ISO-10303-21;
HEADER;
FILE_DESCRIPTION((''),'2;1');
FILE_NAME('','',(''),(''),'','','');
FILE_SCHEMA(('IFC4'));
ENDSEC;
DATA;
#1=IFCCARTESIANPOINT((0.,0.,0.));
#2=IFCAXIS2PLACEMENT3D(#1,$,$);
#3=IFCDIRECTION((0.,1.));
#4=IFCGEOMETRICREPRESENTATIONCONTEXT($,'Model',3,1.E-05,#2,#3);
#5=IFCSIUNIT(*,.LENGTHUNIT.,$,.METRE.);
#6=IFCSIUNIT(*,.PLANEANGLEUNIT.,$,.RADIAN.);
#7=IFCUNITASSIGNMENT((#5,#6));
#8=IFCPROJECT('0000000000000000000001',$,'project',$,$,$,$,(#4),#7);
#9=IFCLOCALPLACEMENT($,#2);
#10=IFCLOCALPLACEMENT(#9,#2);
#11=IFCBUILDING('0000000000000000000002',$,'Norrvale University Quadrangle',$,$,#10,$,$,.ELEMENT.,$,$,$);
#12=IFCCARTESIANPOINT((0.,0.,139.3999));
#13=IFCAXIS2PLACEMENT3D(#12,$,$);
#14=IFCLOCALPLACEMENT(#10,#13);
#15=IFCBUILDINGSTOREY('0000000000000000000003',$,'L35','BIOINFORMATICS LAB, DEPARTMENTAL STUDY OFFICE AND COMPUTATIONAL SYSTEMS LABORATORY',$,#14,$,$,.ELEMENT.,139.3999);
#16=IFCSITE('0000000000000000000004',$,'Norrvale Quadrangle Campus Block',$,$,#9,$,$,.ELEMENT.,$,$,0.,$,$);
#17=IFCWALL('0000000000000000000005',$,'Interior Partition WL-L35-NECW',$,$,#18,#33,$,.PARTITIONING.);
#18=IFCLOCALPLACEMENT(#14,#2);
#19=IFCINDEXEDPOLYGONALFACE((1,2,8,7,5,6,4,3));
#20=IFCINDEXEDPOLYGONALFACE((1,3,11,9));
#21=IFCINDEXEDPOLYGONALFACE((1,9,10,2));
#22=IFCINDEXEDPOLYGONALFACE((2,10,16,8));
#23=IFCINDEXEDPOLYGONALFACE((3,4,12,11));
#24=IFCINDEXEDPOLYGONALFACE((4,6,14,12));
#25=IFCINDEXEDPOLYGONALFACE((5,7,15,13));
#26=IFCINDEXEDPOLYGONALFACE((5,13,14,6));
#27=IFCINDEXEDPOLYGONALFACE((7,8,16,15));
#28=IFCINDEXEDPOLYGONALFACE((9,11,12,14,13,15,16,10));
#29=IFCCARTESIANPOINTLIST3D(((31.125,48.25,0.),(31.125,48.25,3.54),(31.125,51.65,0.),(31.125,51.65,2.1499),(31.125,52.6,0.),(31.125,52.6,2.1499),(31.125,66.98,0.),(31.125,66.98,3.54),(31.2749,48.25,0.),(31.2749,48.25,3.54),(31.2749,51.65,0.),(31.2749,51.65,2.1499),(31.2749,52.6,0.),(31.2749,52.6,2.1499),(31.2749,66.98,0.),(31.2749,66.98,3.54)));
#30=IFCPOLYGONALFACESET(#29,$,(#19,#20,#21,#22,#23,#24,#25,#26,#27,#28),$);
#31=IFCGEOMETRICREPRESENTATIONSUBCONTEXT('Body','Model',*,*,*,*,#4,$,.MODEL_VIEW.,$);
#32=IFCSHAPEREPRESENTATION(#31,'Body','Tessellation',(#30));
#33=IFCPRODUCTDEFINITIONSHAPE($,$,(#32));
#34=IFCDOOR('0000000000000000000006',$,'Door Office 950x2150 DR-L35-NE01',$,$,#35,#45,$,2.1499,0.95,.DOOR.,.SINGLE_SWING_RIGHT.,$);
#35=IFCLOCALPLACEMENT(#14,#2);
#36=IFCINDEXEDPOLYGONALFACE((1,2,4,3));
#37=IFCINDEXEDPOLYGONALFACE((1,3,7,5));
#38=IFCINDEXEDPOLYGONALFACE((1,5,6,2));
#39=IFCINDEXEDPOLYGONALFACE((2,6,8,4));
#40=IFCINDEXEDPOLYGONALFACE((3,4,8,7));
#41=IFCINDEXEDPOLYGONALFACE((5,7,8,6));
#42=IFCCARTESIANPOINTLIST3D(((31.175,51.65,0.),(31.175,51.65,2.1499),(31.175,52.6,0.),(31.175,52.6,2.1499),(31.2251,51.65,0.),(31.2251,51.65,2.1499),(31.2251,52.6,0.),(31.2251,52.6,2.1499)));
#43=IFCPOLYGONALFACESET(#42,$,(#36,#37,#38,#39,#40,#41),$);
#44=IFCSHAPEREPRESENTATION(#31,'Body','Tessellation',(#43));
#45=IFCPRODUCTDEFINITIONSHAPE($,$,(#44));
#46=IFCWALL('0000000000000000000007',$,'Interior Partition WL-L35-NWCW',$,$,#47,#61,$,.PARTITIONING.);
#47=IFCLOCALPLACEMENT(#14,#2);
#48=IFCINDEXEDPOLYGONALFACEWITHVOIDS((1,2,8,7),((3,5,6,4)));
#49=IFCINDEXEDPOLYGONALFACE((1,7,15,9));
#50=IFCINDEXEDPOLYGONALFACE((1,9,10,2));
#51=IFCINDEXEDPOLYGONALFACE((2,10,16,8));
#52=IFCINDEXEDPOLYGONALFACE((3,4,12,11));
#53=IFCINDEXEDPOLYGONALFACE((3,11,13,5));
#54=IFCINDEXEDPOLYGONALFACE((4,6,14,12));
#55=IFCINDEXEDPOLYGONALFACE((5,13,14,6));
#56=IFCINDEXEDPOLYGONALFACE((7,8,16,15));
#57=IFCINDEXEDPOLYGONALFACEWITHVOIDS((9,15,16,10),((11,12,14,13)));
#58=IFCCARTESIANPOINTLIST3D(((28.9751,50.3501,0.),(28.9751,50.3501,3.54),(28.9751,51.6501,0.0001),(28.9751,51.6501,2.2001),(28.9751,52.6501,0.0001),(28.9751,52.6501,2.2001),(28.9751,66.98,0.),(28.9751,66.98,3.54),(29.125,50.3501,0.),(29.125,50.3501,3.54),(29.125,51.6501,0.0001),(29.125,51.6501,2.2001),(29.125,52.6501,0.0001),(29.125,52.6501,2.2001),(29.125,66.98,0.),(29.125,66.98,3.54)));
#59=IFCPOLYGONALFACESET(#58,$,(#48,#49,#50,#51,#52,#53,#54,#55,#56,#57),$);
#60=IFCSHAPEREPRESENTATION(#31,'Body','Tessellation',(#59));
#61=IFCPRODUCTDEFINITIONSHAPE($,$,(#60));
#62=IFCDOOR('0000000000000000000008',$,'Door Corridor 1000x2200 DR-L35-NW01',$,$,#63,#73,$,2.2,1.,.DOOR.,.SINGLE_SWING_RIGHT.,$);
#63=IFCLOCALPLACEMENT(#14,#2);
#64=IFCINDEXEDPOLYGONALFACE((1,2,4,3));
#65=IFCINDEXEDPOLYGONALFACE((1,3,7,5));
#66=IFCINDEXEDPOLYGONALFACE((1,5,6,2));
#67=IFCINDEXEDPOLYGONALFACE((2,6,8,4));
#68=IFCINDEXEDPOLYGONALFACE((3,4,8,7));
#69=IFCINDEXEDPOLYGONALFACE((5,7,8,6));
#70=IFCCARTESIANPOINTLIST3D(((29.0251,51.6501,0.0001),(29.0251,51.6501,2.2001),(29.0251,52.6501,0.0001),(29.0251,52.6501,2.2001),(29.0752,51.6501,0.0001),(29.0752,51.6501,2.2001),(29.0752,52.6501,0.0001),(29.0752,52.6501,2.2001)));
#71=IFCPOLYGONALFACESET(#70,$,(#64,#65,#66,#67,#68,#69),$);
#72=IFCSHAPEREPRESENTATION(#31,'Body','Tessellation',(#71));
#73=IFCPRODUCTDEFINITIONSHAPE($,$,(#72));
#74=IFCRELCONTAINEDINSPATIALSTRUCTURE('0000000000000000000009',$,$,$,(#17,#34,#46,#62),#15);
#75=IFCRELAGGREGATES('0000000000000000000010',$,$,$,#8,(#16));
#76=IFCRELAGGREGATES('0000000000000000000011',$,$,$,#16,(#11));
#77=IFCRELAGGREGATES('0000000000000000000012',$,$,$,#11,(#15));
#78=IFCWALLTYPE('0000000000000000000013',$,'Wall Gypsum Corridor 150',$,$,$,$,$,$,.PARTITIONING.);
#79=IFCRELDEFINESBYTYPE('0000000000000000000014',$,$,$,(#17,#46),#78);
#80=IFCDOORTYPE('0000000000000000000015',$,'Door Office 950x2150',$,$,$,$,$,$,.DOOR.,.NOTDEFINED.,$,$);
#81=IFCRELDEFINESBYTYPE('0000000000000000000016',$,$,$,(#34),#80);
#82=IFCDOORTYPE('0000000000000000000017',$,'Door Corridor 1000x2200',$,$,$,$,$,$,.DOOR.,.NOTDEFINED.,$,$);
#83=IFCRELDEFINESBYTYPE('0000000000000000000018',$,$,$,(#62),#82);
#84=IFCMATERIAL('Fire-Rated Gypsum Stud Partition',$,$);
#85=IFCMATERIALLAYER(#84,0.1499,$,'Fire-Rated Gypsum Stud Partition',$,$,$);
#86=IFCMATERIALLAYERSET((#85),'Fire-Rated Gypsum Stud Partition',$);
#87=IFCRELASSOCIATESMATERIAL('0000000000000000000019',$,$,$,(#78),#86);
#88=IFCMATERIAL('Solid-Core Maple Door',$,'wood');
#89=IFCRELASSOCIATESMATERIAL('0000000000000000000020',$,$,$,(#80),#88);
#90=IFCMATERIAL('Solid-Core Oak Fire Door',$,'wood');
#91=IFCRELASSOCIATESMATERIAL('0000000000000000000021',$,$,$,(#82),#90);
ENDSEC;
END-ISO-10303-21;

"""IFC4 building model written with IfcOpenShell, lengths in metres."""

from ifc_helpers import new_model, si_unit, direction, frame, frame_2d, origin, place, context, subcontext, project, spatial, rectangle, extrude, material, layer, layer_set, type_object, element, fill, save


model = new_model("IFC4")

# Units and contexts
model_context = context("Model", 3, precision=1e-05, world=origin(), true_north=direction((0.0, 1.0)))
body_context = subcontext(model_context, "Body", "Model", "MODEL_VIEW")
ifc_project = project(units=[si_unit("LENGTHUNIT", "METRE"), si_unit("PLANEANGLEUNIT", "RADIAN")], contexts=[model_context])

# Site, building, storey
site_placement = place(None, origin())
site = spatial("IfcSite", under=ifc_project, at=site_placement, Name="Norrvale Quadrangle Campus Block", CompositionType="ELEMENT", RefElevation=0.0)
building_placement = place(site_placement, origin())
building = spatial("IfcBuilding", under=site, at=building_placement, Name="Norrvale University Quadrangle", CompositionType="ELEMENT")
storey_placement = place(building_placement, frame((0.0, 0.0, 139.3999)))
storey = spatial("IfcBuildingStorey", under=building, at=storey_placement, Name="L35", Description="BIOINFORMATICS LAB, DEPARTMENTAL STUDY OFFICE AND COMPUTATIONAL SYSTEMS LABORATORY", CompositionType="ELEMENT", Elevation=139.3999)

# Shared definitions
ifc_material_1 = material(Name="Fire-Rated Gypsum Stud Partition")
ifc_layer_1 = layer(ifc_material_1, 0.1499, Name="Fire-Rated Gypsum Stud Partition")
ifc_layer_set_1 = layer_set([ifc_layer_1], Name="Fire-Rated Gypsum Stud Partition")
wall_type_1 = type_object("IfcWallType", Name="Wall Gypsum Corridor 150", PredefinedType="PARTITIONING", material=ifc_layer_set_1)

# Walls, openings, doors
wall_1_placement = place(storey_placement, frame((31.2, 48.25, 0.0), z_axis=(0.0, 0.0, 1.0), x_axis=(0.0, 1.0, 0.0)))
wall_1 = element("IfcWall", 1, at=wall_1_placement, inside=storey, type_object=wall_type_1, Name="Interior Partition WL-L35-NECW", PredefinedType="PARTITIONING", context=body_context, shape_type="SweptSolid", body=[
    extrude(rectangle(XDim=18.73, YDim=0.1499, at=frame_2d((9.365, 0.0))), origin(), (0.0, 0.0, 1.0), 3.54),
])
opening_1_placement = place(wall_1_placement, frame((3.3999, 0.0, 0.0)))
opening_1 = element("IfcOpeningElement", 2, at=opening_1_placement, cuts=wall_1, PredefinedType="OPENING", context=body_context, shape_type="SweptSolid", body=[
    extrude(rectangle(XDim=0.95, YDim=2.1499, at=frame_2d((0.4751, 1.075))), frame((0.0, 0.0869, 0.0), z_axis=(0.0, -1.0, 0.0), x_axis=(1.0, 0.0, 0.0)), (0.0, 0.0, 1.0), 0.1738),
])
ifc_material_2 = material(Name="Solid-Core Maple Door", Category="wood")
door_type_1 = type_object("IfcDoorType", Name="Door Office 950x2150", OperationType="NOTDEFINED", PredefinedType="DOOR", material=ifc_material_2)
door_1_placement = place(opening_1_placement, origin())
door_1 = element("IfcDoor", 3, at=door_1_placement, inside=storey, type_object=door_type_1, Name="Door Office 950x2150 DR-L35-NE01", OperationType="SINGLE_SWING_RIGHT", OverallHeight=2.1499, OverallWidth=0.95, PredefinedType="DOOR", context=body_context, shape_type="SweptSolid", body=[
    extrude(rectangle(XDim=0.95, YDim=2.1499, at=frame_2d((0.4751, 1.075))), frame((0.0, 0.0249, 0.0), z_axis=(0.0, -1.0, 0.0), x_axis=(1.0, 0.0, 0.0)), (0.0, 0.0, 1.0), 0.05),
])
fill(opening_1, door_1)
wall_2_placement = place(storey_placement, frame((29.05, 50.3501, 0.0), z_axis=(0.0, 0.0, 1.0), x_axis=(0.0, 1.0, 0.0)))
wall_2 = element("IfcWall", 4, at=wall_2_placement, inside=storey, type_object=wall_type_1, Name="Interior Partition WL-L35-NWCW", PredefinedType="PARTITIONING", context=body_context, shape_type="SweptSolid", body=[
    extrude(rectangle(XDim=16.6299, YDim=0.1499, at=frame_2d((8.3149, 0.0))), origin(), (0.0, 0.0, 1.0), 3.54),
])
opening_2_placement = place(wall_2_placement, frame((1.3, 0.0, 0.0)))
opening_2 = element("IfcOpeningElement", 5, at=opening_2_placement, cuts=wall_2, PredefinedType="OPENING", context=body_context, shape_type="SweptSolid", body=[
    extrude(rectangle(XDim=1.0, YDim=2.2, at=frame_2d((0.5, 1.1001))), frame((0.0, 0.0869, 0.0), z_axis=(0.0, -1.0, 0.0), x_axis=(1.0, 0.0, 0.0)), (0.0, 0.0, 1.0), 0.1738),
])
ifc_material_3 = material(Name="Solid-Core Oak Fire Door", Category="wood")
door_type_2 = type_object("IfcDoorType", Name="Door Corridor 1000x2200", OperationType="NOTDEFINED", PredefinedType="DOOR", material=ifc_material_3)
door_2_placement = place(opening_2_placement, origin())
door_2 = element("IfcDoor", 6, at=door_2_placement, inside=storey, type_object=door_type_2, Name="Door Corridor 1000x2200 DR-L35-NW01", OperationType="SINGLE_SWING_RIGHT", OverallHeight=2.2, OverallWidth=1.0, PredefinedType="DOOR", context=body_context, shape_type="SweptSolid", body=[
    extrude(rectangle(XDim=1.0, YDim=2.2, at=frame_2d((0.5, 1.1001))), frame((0.0, 0.0249, 0.0), z_axis=(0.0, -1.0, 0.0), x_axis=(1.0, 0.0, 0.0)), (0.0, 0.0, 1.0), 0.05),
])
fill(opening_2, door_2)

save(model, "model.ifc")
